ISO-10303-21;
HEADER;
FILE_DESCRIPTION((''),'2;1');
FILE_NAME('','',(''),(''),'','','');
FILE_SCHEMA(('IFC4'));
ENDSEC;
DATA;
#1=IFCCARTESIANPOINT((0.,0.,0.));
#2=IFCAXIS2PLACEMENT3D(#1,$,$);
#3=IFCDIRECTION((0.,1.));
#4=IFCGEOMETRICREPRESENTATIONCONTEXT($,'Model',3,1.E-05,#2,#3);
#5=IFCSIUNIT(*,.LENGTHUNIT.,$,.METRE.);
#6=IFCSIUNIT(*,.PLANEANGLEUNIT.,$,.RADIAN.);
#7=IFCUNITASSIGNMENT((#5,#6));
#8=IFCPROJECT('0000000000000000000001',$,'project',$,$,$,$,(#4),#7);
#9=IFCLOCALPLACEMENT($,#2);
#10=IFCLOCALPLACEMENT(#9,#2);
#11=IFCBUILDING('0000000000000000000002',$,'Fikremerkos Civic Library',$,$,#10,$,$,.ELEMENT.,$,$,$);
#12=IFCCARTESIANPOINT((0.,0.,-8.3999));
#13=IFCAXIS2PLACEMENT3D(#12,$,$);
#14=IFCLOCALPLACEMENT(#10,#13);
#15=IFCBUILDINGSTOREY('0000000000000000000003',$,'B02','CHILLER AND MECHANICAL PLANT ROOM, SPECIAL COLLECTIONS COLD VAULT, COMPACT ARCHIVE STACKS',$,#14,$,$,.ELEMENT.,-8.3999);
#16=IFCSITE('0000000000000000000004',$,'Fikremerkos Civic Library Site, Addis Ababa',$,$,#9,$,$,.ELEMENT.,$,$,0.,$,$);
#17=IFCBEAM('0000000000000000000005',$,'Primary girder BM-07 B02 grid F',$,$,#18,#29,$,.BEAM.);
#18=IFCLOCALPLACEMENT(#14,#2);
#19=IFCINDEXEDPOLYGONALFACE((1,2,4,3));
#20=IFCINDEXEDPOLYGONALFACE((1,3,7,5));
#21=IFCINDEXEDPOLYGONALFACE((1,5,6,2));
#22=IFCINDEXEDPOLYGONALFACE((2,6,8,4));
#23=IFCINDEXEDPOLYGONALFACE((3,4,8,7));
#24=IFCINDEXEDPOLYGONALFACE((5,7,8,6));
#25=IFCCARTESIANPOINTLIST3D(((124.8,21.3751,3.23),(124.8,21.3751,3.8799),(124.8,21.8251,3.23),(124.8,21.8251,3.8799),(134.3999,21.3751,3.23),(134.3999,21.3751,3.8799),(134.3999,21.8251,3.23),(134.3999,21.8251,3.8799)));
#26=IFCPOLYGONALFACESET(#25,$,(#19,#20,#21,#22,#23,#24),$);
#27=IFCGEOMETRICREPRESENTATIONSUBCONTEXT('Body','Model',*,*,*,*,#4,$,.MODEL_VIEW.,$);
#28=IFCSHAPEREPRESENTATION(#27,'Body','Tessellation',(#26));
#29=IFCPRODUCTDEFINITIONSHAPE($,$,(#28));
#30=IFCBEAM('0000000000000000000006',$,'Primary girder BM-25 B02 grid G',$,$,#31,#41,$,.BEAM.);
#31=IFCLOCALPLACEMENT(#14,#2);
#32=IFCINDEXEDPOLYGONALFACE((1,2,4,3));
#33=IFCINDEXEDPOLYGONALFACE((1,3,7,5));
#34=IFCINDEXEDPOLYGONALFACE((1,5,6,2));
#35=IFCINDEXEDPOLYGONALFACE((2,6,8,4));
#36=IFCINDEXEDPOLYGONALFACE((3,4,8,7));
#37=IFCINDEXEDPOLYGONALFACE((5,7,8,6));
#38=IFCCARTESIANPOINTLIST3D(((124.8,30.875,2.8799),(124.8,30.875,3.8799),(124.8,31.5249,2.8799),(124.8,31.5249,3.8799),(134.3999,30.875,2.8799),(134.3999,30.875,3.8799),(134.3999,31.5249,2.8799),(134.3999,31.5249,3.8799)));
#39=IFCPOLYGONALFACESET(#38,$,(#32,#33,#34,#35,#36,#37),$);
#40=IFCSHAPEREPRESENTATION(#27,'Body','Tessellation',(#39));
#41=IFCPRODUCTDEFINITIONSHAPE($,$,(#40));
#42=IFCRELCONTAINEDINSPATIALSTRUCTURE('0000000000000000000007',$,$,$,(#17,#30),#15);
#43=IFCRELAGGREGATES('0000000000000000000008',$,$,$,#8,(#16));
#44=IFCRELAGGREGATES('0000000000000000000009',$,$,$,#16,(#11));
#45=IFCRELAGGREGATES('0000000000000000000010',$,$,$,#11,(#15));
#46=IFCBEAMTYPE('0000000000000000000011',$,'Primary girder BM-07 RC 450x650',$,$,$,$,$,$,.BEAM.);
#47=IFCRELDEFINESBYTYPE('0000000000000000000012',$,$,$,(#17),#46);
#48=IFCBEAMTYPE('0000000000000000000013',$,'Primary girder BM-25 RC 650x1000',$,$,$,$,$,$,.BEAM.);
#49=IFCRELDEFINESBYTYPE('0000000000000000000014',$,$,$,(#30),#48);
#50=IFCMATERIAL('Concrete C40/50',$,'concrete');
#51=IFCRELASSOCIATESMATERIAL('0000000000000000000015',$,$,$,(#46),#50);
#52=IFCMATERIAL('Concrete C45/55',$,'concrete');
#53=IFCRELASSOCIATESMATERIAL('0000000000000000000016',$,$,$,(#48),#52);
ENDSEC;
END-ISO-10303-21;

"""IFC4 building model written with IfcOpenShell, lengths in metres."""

from ifc_helpers import new_model, si_unit, direction, frame, origin, origin_2d, place, context, subcontext, project, spatial, rectangle, extrude, material, material_profile, profile_set, type_object, element, save


model = new_model("IFC4")

# Units and contexts
model_context = context("Model", 3, precision=1e-05, world=origin(), true_north=direction((0.0, 1.0)))
body_context = subcontext(model_context, "Body", "Model", "MODEL_VIEW")
ifc_project = project(units=[si_unit("LENGTHUNIT", "METRE"), si_unit("PLANEANGLEUNIT", "RADIAN")], contexts=[model_context])

# Site, building, storey
site_placement = place(None, origin())
site = spatial("IfcSite", under=ifc_project, at=site_placement, Name="Fikremerkos Civic Library Site, Addis Ababa", CompositionType="ELEMENT", RefElevation=0.0)
building_placement = place(site_placement, origin())
building = spatial("IfcBuilding", under=site, at=building_placement, Name="Fikremerkos Civic Library", CompositionType="ELEMENT")
storey_placement = place(building_placement, frame((0.0, 0.0, -8.3999)))
storey = spatial("IfcBuildingStorey", under=building, at=storey_placement, Name="B02", Description="CHILLER AND MECHANICAL PLANT ROOM, SPECIAL COLLECTIONS COLD VAULT, COMPACT ARCHIVE STACKS", CompositionType="ELEMENT", Elevation=-8.3999)

# Shared definitions
ifc_material_1 = material(Name="Concrete C40/50", Category="concrete")

# Shared definitions
ifc_material_2 = material(Name="Concrete C45/55", Category="concrete")

# Beams
ifc_material_profile_1 = material_profile(ifc_material_1, rectangle(XDim=0.45, YDim=0.6499, at=origin_2d()), Name="RC 450x650")
ifc_profile_set_1 = profile_set([ifc_material_profile_1], Name="Concrete C40/50")
beam_type_1 = type_object("IfcBeamType", Name="Primary girder BM-07 RC 450x650", PredefinedType="BEAM", material=ifc_profile_set_1)
beam_1_placement = place(storey_placement, frame((124.8, 21.6001, 3.5549), z_axis=(1.0, 0.0, 0.0), x_axis=(0.0, 1.0, 0.0)))
element("IfcBeam", 1, at=beam_1_placement, inside=storey, type_object=beam_type_1, Name="Primary girder BM-07 B02 grid F", PredefinedType="BEAM", context=body_context, shape_type="SweptSolid", body=[
    extrude(rectangle(XDim=0.45, YDim=0.6499, at=origin_2d()), origin(), (0.0, 0.0, 1.0), 9.5999),
])
ifc_material_profile_2 = material_profile(ifc_material_2, rectangle(XDim=0.6499, YDim=1.0, at=origin_2d()), Name="RC 650x1000")
ifc_profile_set_2 = profile_set([ifc_material_profile_2], Name="Concrete C45/55")
beam_type_2 = type_object("IfcBeamType", Name="Primary girder BM-25 RC 650x1000", PredefinedType="BEAM", material=ifc_profile_set_2)
beam_2_placement = place(storey_placement, frame((124.8, 31.2, 3.3799), z_axis=(1.0, 0.0, 0.0), x_axis=(0.0, 1.0, 0.0)))
element("IfcBeam", 2, at=beam_2_placement, inside=storey, type_object=beam_type_2, Name="Primary girder BM-25 B02 grid G", PredefinedType="BEAM", context=body_context, shape_type="SweptSolid", body=[
    extrude(rectangle(XDim=0.6499, YDim=1.0, at=origin_2d()), origin(), (0.0, 0.0, 1.0), 9.5999),
])

save(model, "model.ifc")
